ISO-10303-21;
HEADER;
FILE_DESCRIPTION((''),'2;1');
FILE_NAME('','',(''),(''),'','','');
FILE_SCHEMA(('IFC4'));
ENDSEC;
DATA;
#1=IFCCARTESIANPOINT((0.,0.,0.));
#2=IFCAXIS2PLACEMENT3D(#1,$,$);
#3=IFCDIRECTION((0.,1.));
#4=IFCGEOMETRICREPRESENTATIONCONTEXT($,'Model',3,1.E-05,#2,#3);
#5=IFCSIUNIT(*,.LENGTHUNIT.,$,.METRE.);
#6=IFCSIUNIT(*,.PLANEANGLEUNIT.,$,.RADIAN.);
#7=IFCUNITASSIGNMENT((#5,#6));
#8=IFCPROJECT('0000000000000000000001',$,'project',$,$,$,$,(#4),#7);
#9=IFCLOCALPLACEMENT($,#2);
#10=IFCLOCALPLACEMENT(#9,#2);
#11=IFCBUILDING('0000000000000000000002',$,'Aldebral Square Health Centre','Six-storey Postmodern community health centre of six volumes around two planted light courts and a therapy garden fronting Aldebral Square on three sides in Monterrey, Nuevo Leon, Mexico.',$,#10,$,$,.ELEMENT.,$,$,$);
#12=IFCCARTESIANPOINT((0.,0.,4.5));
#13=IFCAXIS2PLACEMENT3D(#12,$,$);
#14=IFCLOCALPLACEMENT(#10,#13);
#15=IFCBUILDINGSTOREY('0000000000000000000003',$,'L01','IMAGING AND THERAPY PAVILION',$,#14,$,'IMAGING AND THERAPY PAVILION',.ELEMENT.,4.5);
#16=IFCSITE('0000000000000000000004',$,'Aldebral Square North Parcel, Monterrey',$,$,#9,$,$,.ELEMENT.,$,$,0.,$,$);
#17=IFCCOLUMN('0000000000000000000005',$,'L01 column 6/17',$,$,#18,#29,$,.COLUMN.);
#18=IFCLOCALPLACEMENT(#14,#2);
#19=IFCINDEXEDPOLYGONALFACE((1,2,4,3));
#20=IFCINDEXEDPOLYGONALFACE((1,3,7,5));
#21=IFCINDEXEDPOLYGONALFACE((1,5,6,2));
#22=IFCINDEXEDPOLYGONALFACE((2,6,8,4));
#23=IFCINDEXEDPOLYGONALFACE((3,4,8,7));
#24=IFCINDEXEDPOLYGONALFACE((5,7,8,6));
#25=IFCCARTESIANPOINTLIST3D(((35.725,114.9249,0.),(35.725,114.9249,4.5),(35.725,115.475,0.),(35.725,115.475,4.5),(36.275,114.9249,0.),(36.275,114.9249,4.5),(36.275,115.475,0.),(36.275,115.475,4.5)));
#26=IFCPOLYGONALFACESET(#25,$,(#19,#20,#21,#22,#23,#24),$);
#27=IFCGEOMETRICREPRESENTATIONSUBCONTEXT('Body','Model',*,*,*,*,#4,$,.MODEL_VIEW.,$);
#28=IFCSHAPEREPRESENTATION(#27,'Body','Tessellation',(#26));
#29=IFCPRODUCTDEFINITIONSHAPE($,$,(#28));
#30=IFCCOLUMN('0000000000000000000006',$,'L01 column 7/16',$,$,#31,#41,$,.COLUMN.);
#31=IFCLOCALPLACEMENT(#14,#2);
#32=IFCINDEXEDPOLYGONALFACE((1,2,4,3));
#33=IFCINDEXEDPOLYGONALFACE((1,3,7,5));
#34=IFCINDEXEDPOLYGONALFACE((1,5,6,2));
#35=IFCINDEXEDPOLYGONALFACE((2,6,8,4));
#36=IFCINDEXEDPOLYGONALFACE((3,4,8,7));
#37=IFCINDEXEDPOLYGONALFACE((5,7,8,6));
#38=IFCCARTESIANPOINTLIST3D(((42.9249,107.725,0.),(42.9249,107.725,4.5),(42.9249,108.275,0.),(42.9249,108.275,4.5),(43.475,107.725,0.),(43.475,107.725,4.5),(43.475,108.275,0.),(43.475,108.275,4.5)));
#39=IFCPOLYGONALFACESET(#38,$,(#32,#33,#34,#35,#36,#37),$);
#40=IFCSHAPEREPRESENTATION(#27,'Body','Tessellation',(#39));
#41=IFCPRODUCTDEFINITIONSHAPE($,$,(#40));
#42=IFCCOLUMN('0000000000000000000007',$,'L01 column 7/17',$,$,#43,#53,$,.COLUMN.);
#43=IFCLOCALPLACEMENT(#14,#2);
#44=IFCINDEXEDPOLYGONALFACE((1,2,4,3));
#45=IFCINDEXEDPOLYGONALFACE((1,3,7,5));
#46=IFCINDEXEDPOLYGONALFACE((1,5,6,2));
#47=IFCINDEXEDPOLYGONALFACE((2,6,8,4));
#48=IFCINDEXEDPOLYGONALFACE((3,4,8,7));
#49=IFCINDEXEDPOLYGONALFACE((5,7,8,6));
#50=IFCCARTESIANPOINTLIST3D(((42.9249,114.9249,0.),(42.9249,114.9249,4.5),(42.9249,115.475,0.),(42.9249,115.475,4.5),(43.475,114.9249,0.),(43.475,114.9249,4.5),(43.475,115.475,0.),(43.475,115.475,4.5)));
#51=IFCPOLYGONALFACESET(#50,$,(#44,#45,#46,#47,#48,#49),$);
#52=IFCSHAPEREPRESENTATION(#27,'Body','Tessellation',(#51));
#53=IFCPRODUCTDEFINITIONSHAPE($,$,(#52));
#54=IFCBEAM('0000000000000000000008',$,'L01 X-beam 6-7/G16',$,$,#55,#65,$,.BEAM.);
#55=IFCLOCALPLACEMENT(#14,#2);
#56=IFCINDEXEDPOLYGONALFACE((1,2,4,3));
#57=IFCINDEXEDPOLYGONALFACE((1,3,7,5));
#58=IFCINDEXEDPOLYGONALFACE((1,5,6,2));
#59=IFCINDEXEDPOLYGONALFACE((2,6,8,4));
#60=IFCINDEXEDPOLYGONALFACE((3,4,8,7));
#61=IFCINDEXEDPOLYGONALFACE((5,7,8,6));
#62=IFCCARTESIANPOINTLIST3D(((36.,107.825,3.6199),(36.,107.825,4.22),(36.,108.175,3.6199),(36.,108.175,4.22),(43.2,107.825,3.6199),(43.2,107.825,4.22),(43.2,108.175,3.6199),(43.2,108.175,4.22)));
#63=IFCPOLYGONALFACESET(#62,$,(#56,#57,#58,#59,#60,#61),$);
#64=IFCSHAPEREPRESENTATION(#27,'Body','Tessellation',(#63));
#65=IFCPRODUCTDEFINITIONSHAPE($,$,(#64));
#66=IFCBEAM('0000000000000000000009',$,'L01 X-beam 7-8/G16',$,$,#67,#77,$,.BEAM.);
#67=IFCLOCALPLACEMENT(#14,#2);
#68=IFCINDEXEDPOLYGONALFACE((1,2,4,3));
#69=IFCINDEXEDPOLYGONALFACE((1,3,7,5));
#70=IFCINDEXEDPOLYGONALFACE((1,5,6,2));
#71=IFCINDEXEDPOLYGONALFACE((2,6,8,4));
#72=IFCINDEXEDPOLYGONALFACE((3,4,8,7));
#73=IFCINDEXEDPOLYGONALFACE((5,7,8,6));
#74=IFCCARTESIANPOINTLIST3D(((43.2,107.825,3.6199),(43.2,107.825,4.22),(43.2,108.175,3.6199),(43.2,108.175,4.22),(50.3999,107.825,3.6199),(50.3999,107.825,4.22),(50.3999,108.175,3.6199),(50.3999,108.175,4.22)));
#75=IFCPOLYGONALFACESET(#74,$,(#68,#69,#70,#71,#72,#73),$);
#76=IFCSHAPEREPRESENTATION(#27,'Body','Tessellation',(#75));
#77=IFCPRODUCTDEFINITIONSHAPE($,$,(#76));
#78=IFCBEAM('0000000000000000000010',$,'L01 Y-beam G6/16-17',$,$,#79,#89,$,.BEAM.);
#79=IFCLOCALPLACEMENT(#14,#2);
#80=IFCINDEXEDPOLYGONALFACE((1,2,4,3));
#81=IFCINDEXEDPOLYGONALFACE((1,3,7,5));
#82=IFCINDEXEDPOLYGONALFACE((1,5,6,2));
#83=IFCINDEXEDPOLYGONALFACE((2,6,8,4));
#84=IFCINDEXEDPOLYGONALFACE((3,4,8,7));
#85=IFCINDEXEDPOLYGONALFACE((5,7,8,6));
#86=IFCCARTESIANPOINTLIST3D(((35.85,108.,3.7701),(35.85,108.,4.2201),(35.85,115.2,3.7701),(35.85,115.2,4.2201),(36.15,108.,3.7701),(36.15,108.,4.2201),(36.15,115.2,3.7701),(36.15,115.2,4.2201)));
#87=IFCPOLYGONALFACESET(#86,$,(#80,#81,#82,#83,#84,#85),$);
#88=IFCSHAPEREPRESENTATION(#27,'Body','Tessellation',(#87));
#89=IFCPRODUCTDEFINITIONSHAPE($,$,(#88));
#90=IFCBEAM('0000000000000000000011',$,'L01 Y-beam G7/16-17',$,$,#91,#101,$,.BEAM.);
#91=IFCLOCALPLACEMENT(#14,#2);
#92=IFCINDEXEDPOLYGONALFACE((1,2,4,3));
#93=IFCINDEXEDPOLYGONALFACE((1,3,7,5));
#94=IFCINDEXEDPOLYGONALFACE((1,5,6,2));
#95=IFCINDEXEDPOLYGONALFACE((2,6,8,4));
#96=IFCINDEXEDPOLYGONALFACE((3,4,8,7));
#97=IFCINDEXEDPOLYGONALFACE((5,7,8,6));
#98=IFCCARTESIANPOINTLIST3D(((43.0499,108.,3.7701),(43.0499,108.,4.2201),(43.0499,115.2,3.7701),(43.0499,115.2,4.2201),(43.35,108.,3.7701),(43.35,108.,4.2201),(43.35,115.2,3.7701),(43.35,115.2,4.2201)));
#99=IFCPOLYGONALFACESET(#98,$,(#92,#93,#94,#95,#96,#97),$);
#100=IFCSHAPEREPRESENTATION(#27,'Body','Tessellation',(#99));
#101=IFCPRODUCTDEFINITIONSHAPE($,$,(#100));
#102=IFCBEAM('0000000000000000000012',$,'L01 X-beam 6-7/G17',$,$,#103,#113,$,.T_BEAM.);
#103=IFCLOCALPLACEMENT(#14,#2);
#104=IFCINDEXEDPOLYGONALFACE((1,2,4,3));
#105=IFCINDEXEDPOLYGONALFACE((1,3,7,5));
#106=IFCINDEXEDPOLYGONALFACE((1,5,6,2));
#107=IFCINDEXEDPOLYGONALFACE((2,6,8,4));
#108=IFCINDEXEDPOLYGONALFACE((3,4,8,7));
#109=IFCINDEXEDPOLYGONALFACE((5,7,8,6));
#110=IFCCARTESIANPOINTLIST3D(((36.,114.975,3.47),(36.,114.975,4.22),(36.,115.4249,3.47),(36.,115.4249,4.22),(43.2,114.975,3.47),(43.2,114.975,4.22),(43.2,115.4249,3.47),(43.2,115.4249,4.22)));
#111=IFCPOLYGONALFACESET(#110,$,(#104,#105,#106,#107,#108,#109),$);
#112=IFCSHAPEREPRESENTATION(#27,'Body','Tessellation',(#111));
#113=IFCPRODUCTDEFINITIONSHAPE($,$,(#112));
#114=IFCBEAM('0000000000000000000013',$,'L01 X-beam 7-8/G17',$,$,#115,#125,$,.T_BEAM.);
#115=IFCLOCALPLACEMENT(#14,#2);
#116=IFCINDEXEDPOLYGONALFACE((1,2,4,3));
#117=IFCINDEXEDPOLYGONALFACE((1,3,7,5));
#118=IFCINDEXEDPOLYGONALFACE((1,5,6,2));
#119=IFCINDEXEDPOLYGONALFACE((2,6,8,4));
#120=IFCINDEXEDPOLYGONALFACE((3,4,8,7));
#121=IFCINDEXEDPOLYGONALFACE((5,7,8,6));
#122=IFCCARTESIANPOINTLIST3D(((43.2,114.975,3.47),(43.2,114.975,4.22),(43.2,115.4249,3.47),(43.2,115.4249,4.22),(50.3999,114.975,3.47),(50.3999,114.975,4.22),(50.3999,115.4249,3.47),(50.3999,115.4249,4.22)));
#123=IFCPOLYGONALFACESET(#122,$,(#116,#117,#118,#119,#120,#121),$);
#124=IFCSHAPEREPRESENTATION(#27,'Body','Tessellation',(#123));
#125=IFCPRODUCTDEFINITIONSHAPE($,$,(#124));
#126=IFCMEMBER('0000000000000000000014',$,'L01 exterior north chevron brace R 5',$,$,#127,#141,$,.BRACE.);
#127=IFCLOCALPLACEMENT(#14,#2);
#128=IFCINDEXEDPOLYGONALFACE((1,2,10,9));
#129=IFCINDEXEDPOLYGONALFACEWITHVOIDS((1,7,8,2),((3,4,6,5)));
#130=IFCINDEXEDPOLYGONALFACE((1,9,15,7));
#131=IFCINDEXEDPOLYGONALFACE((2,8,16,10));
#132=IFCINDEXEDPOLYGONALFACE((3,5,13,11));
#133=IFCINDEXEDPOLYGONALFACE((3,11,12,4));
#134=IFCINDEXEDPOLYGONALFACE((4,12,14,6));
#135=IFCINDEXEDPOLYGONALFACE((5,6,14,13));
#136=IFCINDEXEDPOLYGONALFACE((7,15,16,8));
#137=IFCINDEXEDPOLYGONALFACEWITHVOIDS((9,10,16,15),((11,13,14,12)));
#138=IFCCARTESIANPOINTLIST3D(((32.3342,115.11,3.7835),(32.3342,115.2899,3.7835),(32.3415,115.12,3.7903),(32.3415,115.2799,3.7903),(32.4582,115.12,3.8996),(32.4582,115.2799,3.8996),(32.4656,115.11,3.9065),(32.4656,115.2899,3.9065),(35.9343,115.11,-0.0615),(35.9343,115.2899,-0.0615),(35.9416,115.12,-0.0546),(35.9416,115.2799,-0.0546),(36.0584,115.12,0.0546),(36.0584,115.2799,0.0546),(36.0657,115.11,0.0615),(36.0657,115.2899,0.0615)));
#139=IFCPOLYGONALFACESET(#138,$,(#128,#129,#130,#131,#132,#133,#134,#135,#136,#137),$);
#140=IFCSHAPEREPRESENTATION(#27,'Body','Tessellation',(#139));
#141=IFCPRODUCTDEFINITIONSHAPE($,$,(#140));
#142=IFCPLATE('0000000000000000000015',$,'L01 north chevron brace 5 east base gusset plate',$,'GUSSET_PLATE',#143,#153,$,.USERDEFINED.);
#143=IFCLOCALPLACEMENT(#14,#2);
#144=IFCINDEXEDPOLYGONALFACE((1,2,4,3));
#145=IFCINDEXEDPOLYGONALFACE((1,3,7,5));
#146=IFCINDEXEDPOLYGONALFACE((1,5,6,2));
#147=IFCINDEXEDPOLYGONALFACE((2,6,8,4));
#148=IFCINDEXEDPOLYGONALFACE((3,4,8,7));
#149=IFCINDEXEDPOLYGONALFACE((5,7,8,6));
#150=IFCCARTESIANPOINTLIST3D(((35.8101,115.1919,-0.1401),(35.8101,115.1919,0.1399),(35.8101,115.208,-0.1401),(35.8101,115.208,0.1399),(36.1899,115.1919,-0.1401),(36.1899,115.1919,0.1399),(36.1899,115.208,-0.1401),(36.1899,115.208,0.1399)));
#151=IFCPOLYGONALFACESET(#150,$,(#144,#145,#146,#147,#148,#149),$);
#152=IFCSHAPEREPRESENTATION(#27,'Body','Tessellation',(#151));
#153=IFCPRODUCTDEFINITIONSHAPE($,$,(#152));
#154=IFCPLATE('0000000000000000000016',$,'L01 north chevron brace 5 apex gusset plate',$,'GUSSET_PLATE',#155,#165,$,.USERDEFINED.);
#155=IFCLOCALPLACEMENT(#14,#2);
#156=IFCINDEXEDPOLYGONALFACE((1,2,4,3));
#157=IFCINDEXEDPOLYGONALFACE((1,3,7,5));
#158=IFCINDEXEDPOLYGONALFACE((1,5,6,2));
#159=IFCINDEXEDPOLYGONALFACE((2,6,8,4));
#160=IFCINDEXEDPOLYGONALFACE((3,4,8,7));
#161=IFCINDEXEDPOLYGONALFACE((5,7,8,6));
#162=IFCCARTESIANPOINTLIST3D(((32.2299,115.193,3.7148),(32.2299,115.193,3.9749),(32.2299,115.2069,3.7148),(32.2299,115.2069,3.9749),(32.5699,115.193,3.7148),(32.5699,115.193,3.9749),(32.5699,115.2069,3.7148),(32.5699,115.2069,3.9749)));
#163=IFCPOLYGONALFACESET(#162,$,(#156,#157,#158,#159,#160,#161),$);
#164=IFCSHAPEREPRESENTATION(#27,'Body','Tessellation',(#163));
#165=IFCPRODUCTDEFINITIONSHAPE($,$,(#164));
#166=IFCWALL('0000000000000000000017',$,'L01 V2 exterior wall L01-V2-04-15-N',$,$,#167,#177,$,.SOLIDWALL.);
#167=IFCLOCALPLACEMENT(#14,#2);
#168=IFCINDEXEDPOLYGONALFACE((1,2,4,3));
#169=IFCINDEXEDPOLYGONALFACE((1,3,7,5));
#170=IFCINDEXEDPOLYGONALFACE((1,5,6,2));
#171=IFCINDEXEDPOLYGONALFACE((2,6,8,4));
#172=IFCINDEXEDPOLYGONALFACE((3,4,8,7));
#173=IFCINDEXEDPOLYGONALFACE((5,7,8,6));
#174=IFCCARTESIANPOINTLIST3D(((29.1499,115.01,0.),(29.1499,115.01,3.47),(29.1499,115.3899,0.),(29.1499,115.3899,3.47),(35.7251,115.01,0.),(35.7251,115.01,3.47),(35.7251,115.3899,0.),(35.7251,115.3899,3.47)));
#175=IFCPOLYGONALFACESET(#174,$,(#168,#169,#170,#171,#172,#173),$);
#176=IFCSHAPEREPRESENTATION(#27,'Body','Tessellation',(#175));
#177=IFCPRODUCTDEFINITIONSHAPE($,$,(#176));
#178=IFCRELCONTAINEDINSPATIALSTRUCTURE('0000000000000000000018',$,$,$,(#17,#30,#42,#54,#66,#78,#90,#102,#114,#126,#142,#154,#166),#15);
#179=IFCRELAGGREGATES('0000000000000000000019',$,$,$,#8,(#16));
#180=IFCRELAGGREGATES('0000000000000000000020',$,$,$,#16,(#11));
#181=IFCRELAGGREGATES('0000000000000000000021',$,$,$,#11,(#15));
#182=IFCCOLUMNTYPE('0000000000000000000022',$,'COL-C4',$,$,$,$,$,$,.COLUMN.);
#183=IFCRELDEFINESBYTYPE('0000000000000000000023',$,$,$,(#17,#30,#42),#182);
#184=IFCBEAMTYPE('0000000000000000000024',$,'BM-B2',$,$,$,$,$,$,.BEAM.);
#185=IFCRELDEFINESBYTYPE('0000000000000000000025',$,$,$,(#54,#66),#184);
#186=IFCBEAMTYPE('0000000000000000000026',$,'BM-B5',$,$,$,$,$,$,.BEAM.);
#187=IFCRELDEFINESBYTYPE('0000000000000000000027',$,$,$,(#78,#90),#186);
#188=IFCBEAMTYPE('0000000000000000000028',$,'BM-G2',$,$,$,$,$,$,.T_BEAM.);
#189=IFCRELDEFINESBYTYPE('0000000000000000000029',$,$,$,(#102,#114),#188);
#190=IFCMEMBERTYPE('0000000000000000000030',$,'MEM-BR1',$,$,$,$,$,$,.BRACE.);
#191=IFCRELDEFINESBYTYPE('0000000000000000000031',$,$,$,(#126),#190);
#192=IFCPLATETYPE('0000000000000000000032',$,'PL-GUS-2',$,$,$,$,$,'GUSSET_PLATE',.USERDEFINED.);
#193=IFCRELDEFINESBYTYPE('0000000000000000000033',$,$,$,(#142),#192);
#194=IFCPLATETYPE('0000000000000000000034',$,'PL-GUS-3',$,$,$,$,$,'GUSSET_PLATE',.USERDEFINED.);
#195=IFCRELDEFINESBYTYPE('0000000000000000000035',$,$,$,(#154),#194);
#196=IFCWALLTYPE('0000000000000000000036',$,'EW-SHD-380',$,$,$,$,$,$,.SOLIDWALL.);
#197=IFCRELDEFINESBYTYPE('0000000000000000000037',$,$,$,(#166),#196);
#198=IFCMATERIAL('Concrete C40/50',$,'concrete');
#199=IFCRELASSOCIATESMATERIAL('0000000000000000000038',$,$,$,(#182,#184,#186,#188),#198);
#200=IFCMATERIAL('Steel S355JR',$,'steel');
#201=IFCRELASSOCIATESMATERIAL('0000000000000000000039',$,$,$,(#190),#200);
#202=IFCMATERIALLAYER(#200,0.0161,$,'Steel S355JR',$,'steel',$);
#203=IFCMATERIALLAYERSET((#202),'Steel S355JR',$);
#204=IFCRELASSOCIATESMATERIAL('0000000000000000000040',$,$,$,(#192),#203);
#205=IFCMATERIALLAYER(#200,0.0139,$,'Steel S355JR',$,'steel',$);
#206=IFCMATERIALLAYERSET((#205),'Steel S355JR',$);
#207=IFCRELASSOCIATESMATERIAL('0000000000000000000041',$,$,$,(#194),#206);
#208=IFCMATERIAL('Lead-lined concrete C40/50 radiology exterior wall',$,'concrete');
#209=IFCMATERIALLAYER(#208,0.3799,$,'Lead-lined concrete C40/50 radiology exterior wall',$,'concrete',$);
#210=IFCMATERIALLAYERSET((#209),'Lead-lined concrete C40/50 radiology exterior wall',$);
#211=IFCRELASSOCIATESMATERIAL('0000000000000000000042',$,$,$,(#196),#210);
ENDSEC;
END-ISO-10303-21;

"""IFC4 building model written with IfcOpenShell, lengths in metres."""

from ifc_helpers import new_model, si_unit, direction, frame, frame_2d, origin, origin_2d, place, context, subcontext, project, spatial, rectangle, hollow_rectangle, extrude, material, layer, layer_set, material_profile, profile_set, type_object, element, save


model = new_model("IFC4")

# Units and contexts
model_context = context("Model", 3, precision=1e-05, world=origin(), true_north=direction((0.0, 1.0)))
body_context = subcontext(model_context, "Body", "Model", "MODEL_VIEW")
ifc_project = project(units=[si_unit("LENGTHUNIT", "METRE"), si_unit("PLANEANGLEUNIT", "RADIAN")], contexts=[model_context])

# Site, building, storey
site_placement = place(None, origin())
site = spatial("IfcSite", under=ifc_project, at=site_placement, Name="Aldebral Square North Parcel, Monterrey", CompositionType="ELEMENT", RefElevation=0.0)
building_placement = place(site_placement, origin())
building = spatial("IfcBuilding", under=site, at=building_placement, Name="Aldebral Square Health Centre", Description="Six-storey Postmodern community health centre of six volumes around two planted light courts and a therapy garden fronting Aldebral Square on three sides in Monterrey, Nuevo Leon, Mexico.", CompositionType="ELEMENT")
storey_placement = place(building_placement, frame((0.0, 0.0, 4.5)))
storey = spatial("IfcBuildingStorey", under=building, at=storey_placement, Name="L01", Description="IMAGING AND THERAPY PAVILION", LongName="IMAGING AND THERAPY PAVILION", CompositionType="ELEMENT", Elevation=4.5)

# Columns
ifc_material_1 = material(Name="Concrete C40/50", Category="concrete")
ifc_material_profile_1 = material_profile(ifc_material_1, rectangle(XDim=0.55, YDim=0.55, at=origin_2d()), Name="RC 550x550")
ifc_profile_set_1 = profile_set([ifc_material_profile_1], Name="Concrete C40/50")
column_type = type_object("IfcColumnType", Name="COL-C4", PredefinedType="COLUMN", material=ifc_profile_set_1)
for number, where, z_axis, x_axis, name in (
    (1, (36.0, 115.2, 0.0), (0.0, 0.0, 1.0), (1.0, 0.0, 0.0), "L01 column 6/17"),
    (2, (43.2, 108.0, 0.0), (0.0, 0.0, 1.0), (1.0, 0.0, 0.0), "L01 column 7/16"),
    (3, (43.2, 115.2, 0.0), (0.0, 0.0, 1.0), (1.0, 0.0, 0.0), "L01 column 7/17"),
):
    element("IfcColumn", number, at=place(storey_placement, frame(where, z_axis=z_axis, x_axis=x_axis)), inside=storey, type_object=column_type, Name=name, PredefinedType="COLUMN", context=body_context, shape_type="SweptSolid", body=[
        extrude(rectangle(XDim=0.55, YDim=0.55, at=origin_2d()), origin(), (0.0, 0.0, 1.0), 4.5),
    ])

# Beams
ifc_material_profile_2 = material_profile(ifc_material_1, rectangle(XDim=0.3501, YDim=0.6001, at=origin_2d()), Name="RC 350x600")
ifc_profile_set_2 = profile_set([ifc_material_profile_2], Name="Concrete C40/50")
beam_type_1 = type_object("IfcBeamType", Name="BM-B2", PredefinedType="BEAM", material=ifc_profile_set_2)
for number, where, z_axis, x_axis, name in (
    (4, (36.0, 108.0, 3.9199), (1.0, 0.0, 0.0), (0.0, 1.0, 0.0), "L01 X-beam 6-7/G16"),
    (5, (43.2, 108.0, 3.9199), (1.0, 0.0, 0.0), (0.0, 1.0, 0.0), "L01 X-beam 7-8/G16"),
):
    element("IfcBeam", number, at=place(storey_placement, frame(where, z_axis=z_axis, x_axis=x_axis)), inside=storey, type_object=beam_type_1, Name=name, PredefinedType="BEAM", context=body_context, shape_type="SweptSolid", body=[
        extrude(rectangle(XDim=0.3501, YDim=0.6001, at=origin_2d()), origin(), (0.0, 0.0, 1.0), 7.2),
    ])
ifc_material_profile_3 = material_profile(ifc_material_1, rectangle(XDim=0.3, YDim=0.45, at=origin_2d()), Name="RC 300x450")
ifc_profile_set_3 = profile_set([ifc_material_profile_3], Name="Concrete C40/50")
beam_type_2 = type_object("IfcBeamType", Name="BM-B5", PredefinedType="BEAM", material=ifc_profile_set_3)
for number, where, z_axis, x_axis, name in (
    (6, (36.0, 108.0, 3.9951), (0.0, 1.0, 0.0), (-1.0, 0.0, 0.0), "L01 Y-beam G6/16-17"),
    (7, (43.2, 108.0, 3.9951), (0.0, 1.0, 0.0), (-1.0, 0.0, 0.0), "L01 Y-beam G7/16-17"),
):
    element("IfcBeam", number, at=place(storey_placement, frame(where, z_axis=z_axis, x_axis=x_axis)), inside=storey, type_object=beam_type_2, Name=name, PredefinedType="BEAM", context=body_context, shape_type="SweptSolid", body=[
        extrude(rectangle(XDim=0.3, YDim=0.45, at=origin_2d()), origin(), (0.0, 0.0, 1.0), 7.2),
    ])
ifc_material_profile_4 = material_profile(ifc_material_1, rectangle(XDim=0.45, YDim=0.75, at=origin_2d()), Name="RC 450x750")
ifc_profile_set_4 = profile_set([ifc_material_profile_4], Name="Concrete C40/50")
beam_type_3 = type_object("IfcBeamType", Name="BM-G2", PredefinedType="T_BEAM", material=ifc_profile_set_4)
for number, where, z_axis, x_axis, name in (
    (8, (36.0, 115.2, 3.845), (1.0, 0.0, 0.0), (0.0, 1.0, 0.0), "L01 X-beam 6-7/G17"),
    (9, (43.2, 115.2, 3.845), (1.0, 0.0, 0.0), (0.0, 1.0, 0.0), "L01 X-beam 7-8/G17"),
):
    element("IfcBeam", number, at=place(storey_placement, frame(where, z_axis=z_axis, x_axis=x_axis)), inside=storey, type_object=beam_type_3, Name=name, PredefinedType="T_BEAM", context=body_context, shape_type="SweptSolid", body=[
        extrude(rectangle(XDim=0.45, YDim=0.75, at=origin_2d()), origin(), (0.0, 0.0, 1.0), 7.2),
    ])

# Member
ifc_material_2 = material(Name="Steel S355JR", Category="steel")
ifc_material_profile_5 = material_profile(ifc_material_2, hollow_rectangle(XDim=0.1799, YDim=0.1799, WallThickness=0.01, at=origin_2d()), Name="180x180x10 SHS")
ifc_profile_set_5 = profile_set([ifc_material_profile_5], Name="Steel S355JR")
member_type = type_object("IfcMemberType", Name="MEM-BR1", PredefinedType="BRACE", material=ifc_profile_set_5)
member_placement = place(storey_placement, frame((36.0, 115.2, 0.0), z_axis=(-0.68348, 0.0, 0.729969), x_axis=(0.0, -1.0, 0.0)))
element("IfcMember", 10, at=member_placement, inside=storey, type_object=member_type, Name="L01 exterior north chevron brace R 5", PredefinedType="BRACE", context=body_context, shape_type="SweptSolid", body=[
    extrude(hollow_rectangle(XDim=0.1799, YDim=0.1799, WallThickness=0.01, at=origin_2d()), origin(), (0.0, 0.0, 1.0), 5.2673),
])

# Plates
ifc_layer_1 = layer(ifc_material_2, 0.0161, Name="Steel S355JR", Category="steel")
ifc_layer_set_1 = layer_set([ifc_layer_1], Name="Steel S355JR")
plate_type_1 = type_object("IfcPlateType", Name="PL-GUS-2", ElementType="GUSSET_PLATE", PredefinedType="USERDEFINED", material=ifc_layer_set_1)
plate_1_placement = place(storey_placement, frame((36.0, 115.2, -0.1401), z_axis=(0.0, 0.0, 1.0), x_axis=(1.0, 0.0, 0.0)))
element("IfcPlate", 11, at=plate_1_placement, inside=storey, type_object=plate_type_1, Name="L01 north chevron brace 5 east base gusset plate", ObjectType="GUSSET_PLATE", PredefinedType="USERDEFINED", context=body_context, shape_type="SweptSolid", body=[
    extrude(rectangle(XDim=0.3799, YDim=0.0161, at=origin_2d()), origin(), (0.0, 0.0, 1.0), 0.28),
])
ifc_layer_2 = layer(ifc_material_2, 0.0139, Name="Steel S355JR", Category="steel")
ifc_layer_set_2 = layer_set([ifc_layer_2], Name="Steel S355JR")
plate_type_2 = type_object("IfcPlateType", Name="PL-GUS-3", ElementType="GUSSET_PLATE", PredefinedType="USERDEFINED", material=ifc_layer_set_2)
plate_2_placement = place(storey_placement, frame((32.3999, 115.2, 3.7148), z_axis=(0.0, 0.0, 1.0), x_axis=(1.0, 0.0, 0.0)))
element("IfcPlate", 12, at=plate_2_placement, inside=storey, type_object=plate_type_2, Name="L01 north chevron brace 5 apex gusset plate", ObjectType="GUSSET_PLATE", PredefinedType="USERDEFINED", context=body_context, shape_type="SweptSolid", body=[
    extrude(rectangle(XDim=0.3401, YDim=0.0139, at=origin_2d()), origin(), (0.0, 0.0, 1.0), 0.26),
])

# Wall
ifc_material_3 = material(Name="Lead-lined concrete C40/50 radiology exterior wall", Category="concrete")
ifc_layer_3 = layer(ifc_material_3, 0.3799, Name="Lead-lined concrete C40/50 radiology exterior wall", Category="concrete")
ifc_layer_set_3 = layer_set([ifc_layer_3], Name="Lead-lined concrete C40/50 radiology exterior wall")
wall_type_1 = type_object("IfcWallType", Name="EW-SHD-380", PredefinedType="SOLIDWALL", material=ifc_layer_set_3)
wall_1_placement = place(storey_placement, frame((35.7251, 115.2, 0.0), z_axis=(0.0, 0.0, 1.0), x_axis=(-1.0, 0.0, 0.0)))
element("IfcWall", 13, at=wall_1_placement, inside=storey, type_object=wall_type_1, Name="L01 V2 exterior wall L01-V2-04-15-N", PredefinedType="SOLIDWALL", context=body_context, shape_type="SweptSolid", body=[
    extrude(rectangle(XDim=6.5752, YDim=0.3799, at=frame_2d((3.2876, 0.0))), origin(), (0.0, 0.0, 1.0), 3.47),
])

save(model, "model.ifc")
